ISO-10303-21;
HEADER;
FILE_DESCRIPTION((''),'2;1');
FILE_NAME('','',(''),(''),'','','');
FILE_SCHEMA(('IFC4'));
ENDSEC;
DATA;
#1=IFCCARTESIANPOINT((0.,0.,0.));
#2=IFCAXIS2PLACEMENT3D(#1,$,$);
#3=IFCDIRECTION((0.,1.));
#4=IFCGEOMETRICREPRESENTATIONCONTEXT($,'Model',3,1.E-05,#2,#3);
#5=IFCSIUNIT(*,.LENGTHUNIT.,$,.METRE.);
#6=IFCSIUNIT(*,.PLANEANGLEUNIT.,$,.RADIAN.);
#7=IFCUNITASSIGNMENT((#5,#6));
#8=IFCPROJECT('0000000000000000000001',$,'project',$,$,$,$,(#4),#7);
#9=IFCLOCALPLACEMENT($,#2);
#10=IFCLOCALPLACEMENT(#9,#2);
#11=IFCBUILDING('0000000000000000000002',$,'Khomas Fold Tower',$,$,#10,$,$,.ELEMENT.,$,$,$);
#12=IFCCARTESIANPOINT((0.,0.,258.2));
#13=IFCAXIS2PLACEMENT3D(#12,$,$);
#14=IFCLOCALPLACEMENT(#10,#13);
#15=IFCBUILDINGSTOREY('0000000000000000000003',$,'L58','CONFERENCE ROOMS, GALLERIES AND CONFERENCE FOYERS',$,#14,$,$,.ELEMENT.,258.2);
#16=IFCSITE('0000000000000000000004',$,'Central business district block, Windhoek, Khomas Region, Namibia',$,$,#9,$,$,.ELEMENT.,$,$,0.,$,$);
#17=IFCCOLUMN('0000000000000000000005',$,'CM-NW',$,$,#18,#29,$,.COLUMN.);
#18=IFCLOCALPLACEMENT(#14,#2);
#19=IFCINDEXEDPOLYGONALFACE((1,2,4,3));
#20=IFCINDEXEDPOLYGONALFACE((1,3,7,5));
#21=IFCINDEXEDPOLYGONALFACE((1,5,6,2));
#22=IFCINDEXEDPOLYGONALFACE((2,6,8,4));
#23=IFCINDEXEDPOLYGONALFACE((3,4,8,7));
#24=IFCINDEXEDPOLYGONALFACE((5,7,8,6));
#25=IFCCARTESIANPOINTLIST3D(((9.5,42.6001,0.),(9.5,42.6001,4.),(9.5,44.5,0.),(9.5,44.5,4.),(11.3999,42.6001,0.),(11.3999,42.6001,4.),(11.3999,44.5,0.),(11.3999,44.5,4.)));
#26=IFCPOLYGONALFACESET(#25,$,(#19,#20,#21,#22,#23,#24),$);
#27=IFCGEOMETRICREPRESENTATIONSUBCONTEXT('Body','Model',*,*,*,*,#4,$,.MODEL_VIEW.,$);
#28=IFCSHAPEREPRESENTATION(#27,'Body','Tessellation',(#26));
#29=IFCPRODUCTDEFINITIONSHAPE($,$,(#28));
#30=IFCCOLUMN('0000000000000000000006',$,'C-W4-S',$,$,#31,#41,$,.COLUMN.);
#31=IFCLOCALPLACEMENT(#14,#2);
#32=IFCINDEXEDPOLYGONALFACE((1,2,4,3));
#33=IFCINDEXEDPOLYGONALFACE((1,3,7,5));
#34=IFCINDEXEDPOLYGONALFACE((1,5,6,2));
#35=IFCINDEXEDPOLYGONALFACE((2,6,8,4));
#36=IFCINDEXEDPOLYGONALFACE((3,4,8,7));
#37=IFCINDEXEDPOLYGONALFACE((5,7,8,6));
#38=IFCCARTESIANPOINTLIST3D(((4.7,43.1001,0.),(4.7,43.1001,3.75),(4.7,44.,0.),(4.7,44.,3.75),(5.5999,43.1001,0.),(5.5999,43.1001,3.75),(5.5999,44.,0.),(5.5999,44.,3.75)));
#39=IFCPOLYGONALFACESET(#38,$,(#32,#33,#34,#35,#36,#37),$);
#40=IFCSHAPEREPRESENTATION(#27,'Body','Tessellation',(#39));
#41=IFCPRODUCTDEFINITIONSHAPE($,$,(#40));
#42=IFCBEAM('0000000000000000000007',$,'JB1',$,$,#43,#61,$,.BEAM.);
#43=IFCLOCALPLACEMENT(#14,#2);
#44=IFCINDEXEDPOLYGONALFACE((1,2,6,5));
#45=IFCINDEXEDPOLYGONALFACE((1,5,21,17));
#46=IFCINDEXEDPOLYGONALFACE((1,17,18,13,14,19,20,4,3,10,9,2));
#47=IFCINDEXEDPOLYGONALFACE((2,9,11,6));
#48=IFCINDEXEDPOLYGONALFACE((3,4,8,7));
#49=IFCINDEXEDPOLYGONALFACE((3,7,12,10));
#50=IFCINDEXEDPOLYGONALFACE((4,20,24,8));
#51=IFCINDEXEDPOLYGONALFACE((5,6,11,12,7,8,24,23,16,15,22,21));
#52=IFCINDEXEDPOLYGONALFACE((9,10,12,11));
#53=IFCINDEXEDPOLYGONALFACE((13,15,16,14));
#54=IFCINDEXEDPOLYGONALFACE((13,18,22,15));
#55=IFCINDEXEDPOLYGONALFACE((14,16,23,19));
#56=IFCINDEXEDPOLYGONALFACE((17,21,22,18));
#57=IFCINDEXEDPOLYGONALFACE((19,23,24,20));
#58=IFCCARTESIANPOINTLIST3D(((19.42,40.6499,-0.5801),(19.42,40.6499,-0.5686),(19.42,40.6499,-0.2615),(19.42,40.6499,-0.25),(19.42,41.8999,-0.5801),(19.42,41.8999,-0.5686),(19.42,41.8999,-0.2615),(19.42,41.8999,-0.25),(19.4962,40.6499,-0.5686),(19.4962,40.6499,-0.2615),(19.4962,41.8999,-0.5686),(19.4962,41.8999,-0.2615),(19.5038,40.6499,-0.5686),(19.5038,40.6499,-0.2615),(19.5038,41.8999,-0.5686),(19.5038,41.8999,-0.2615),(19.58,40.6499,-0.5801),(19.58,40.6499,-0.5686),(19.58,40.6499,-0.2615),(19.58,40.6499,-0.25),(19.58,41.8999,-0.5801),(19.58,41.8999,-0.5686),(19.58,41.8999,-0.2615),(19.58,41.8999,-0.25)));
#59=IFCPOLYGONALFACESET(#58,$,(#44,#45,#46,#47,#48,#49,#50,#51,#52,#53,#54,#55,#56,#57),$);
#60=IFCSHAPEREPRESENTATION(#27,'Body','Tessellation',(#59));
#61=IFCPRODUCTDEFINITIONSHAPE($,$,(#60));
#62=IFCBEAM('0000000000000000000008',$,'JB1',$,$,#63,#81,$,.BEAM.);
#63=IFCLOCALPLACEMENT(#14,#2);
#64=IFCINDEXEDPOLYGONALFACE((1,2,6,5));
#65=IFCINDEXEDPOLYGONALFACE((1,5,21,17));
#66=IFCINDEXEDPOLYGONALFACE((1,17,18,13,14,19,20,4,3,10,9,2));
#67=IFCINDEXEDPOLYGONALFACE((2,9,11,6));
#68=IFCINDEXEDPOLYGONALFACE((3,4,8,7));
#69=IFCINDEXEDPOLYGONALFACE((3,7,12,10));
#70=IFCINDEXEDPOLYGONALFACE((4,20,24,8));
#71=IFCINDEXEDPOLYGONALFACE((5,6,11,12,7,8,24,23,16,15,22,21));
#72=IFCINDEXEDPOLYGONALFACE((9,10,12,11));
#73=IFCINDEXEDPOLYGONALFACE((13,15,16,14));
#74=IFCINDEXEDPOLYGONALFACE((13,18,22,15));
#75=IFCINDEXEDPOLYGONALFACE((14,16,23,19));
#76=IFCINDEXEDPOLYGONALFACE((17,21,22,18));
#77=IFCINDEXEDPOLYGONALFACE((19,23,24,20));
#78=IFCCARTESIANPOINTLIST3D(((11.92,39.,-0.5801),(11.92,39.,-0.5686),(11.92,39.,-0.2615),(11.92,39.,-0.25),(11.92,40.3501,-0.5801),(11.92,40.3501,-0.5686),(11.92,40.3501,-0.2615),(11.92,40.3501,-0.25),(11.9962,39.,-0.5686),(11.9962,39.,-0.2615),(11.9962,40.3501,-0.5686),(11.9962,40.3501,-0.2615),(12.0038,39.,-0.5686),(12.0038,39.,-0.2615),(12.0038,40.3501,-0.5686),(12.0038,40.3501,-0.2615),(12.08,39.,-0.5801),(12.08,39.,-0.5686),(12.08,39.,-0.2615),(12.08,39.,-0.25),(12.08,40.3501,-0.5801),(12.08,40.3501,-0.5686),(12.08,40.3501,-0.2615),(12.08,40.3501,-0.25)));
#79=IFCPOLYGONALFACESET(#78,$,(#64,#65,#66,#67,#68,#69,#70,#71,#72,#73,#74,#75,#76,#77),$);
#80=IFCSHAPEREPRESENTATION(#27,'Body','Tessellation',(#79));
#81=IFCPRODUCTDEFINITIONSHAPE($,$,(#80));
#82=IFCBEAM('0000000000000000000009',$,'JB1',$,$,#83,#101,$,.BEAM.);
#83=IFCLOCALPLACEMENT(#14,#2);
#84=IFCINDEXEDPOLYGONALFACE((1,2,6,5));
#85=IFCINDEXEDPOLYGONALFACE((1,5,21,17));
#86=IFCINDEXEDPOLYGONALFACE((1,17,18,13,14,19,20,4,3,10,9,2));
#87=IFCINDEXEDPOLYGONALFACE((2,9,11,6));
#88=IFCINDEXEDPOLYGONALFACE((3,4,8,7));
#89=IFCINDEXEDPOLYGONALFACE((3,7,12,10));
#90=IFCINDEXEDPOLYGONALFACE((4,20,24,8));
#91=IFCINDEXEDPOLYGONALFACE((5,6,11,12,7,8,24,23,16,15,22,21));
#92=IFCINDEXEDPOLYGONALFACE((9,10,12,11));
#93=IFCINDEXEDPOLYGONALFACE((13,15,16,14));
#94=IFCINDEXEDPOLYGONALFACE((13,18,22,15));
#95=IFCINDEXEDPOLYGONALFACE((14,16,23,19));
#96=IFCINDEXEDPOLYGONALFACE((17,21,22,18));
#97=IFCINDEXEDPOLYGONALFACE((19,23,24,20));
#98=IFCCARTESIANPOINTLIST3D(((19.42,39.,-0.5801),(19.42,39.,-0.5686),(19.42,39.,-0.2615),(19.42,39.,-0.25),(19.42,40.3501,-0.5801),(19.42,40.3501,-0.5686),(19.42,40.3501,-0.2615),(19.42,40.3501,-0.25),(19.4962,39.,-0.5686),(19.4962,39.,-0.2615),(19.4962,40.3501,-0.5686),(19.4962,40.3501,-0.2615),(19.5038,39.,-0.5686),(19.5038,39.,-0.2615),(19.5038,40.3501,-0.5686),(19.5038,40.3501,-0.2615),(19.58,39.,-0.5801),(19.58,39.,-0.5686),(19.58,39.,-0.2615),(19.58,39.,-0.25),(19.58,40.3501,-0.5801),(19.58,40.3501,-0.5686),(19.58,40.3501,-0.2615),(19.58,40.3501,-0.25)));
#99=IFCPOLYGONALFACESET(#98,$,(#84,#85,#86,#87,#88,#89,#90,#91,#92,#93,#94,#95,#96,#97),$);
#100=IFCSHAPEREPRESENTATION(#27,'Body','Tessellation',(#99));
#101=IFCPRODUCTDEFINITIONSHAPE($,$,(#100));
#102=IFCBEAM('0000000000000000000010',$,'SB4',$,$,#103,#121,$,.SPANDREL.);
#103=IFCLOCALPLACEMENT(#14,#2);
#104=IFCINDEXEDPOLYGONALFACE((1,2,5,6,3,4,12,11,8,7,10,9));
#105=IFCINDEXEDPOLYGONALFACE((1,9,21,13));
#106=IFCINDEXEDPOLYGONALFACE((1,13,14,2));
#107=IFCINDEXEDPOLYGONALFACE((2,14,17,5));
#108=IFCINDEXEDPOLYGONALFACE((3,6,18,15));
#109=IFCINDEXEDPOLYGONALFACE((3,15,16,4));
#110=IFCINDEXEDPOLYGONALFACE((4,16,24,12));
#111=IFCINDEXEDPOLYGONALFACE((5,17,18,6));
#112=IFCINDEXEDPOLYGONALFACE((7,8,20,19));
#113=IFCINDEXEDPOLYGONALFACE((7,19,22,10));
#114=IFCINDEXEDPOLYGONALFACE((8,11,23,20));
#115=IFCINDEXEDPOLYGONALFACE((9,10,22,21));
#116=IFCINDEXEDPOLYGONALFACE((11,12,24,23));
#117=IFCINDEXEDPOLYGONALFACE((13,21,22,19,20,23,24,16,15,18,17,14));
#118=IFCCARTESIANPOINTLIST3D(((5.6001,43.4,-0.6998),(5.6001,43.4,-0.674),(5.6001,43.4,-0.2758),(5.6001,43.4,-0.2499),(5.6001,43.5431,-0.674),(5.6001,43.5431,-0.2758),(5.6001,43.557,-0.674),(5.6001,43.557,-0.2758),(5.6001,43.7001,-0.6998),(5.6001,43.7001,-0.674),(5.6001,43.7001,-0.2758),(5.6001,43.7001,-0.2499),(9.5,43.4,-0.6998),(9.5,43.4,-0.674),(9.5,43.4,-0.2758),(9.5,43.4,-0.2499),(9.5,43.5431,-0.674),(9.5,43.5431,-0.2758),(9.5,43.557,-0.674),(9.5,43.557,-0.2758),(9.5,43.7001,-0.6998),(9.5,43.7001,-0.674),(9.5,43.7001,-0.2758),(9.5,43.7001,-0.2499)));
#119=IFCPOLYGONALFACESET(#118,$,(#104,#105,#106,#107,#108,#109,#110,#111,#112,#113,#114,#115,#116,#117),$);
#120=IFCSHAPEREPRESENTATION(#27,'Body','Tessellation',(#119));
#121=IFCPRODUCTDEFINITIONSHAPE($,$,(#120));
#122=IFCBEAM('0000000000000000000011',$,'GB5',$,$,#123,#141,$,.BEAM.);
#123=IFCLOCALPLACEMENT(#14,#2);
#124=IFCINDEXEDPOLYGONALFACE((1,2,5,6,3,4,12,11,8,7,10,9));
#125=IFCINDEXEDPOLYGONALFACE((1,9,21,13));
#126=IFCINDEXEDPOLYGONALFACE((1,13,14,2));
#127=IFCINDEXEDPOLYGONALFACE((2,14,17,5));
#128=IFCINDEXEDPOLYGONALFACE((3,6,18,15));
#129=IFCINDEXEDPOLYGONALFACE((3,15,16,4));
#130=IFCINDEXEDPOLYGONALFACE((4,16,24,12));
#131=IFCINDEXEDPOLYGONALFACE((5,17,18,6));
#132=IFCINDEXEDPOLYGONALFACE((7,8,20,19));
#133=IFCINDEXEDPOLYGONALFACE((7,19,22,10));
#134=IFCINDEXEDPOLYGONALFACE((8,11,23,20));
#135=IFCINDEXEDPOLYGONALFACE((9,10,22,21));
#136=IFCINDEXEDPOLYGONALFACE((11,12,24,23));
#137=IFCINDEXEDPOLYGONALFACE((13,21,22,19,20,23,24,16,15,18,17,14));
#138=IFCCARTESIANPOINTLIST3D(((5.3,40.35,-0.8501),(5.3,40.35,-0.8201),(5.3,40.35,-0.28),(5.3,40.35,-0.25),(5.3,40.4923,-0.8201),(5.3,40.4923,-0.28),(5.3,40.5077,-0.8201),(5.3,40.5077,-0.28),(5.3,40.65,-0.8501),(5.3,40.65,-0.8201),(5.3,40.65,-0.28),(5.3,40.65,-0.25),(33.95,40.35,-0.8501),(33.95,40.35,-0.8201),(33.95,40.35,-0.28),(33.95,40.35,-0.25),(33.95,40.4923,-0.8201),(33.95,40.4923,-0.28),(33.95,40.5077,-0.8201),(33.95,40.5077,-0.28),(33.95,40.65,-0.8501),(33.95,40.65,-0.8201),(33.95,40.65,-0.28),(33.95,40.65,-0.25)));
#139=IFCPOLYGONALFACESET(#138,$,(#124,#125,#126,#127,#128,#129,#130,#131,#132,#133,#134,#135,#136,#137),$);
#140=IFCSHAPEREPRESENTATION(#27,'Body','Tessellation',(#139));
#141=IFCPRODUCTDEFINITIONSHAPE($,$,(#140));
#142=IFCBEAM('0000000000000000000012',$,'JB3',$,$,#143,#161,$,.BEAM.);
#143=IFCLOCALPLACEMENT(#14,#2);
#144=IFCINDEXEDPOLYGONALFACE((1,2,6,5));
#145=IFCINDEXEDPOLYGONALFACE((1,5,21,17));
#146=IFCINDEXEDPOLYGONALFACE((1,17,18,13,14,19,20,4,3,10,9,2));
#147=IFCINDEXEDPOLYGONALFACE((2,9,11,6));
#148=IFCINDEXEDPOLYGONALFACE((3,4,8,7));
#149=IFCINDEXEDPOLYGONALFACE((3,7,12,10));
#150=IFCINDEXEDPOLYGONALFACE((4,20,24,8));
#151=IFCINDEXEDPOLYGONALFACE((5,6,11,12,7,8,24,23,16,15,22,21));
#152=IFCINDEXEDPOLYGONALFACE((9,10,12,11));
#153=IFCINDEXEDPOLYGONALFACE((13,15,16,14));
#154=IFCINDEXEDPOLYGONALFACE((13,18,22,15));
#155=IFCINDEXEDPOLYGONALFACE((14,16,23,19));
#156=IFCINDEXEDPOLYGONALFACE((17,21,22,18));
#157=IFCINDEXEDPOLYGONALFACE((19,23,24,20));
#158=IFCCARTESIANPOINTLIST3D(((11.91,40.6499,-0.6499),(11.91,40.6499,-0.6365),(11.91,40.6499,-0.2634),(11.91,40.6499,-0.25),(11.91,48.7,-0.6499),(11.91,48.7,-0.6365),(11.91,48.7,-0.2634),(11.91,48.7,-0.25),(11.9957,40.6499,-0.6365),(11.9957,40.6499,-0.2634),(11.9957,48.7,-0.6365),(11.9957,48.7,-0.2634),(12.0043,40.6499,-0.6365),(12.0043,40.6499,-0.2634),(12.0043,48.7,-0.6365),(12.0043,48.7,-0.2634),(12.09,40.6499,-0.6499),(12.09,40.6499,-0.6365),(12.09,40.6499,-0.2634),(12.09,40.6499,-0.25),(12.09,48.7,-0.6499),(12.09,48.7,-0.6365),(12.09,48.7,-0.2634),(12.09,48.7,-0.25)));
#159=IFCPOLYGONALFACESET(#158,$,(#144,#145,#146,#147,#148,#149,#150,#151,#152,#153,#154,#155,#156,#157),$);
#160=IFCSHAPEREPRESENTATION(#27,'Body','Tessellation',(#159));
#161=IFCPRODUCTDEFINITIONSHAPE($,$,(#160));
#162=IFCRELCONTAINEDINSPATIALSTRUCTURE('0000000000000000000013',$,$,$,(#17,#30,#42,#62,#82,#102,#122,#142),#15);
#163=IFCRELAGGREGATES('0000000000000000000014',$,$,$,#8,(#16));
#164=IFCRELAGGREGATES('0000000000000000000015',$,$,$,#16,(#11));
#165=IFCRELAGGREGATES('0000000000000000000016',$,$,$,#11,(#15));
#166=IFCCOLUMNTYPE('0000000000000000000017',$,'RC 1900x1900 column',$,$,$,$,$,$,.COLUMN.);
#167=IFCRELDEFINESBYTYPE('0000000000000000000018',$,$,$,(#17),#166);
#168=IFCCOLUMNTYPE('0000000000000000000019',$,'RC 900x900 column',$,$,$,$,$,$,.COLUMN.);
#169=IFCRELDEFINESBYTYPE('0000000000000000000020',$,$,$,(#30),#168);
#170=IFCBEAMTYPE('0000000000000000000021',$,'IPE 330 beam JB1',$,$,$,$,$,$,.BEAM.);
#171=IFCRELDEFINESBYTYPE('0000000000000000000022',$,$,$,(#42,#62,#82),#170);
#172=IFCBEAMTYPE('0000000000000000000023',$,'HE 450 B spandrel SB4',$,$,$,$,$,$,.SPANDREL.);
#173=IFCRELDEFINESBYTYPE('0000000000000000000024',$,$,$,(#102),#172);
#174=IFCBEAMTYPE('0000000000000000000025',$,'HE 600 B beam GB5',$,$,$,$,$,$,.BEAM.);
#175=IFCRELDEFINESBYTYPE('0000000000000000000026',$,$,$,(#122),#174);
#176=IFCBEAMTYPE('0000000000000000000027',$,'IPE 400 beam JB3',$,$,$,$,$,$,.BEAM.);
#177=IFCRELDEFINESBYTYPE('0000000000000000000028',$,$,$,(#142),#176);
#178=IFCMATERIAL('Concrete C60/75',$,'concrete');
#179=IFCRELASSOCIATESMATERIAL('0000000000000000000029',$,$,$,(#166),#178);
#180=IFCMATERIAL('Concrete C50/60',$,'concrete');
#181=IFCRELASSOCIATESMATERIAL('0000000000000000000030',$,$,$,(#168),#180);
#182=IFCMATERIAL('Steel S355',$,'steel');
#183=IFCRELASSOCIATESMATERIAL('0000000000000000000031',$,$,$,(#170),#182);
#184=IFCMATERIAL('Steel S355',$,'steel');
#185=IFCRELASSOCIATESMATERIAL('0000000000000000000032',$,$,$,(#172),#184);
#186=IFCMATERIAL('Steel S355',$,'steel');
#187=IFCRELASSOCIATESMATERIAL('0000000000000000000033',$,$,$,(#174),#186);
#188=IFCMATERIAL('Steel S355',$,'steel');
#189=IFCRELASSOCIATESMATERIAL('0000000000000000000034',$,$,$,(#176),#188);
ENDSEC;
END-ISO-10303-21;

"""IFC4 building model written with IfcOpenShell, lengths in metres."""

from ifc_helpers import new_model, si_unit, direction, frame, origin, origin_2d, place, context, subcontext, project, spatial, rectangle, i_section, extrude, source, transform, mapped, material, material_profile, profile_set, type_object, element, save


model = new_model("IFC4")

# Units and contexts
model_context = context("Model", 3, precision=1e-05, world=origin(), true_north=direction((0.0, 1.0)))
body_context = subcontext(model_context, "Body", "Model", "MODEL_VIEW")
ifc_project = project(units=[si_unit("LENGTHUNIT", "METRE"), si_unit("PLANEANGLEUNIT", "RADIAN")], contexts=[model_context])

# Site, building, storey
site_placement = place(None, origin())
site = spatial("IfcSite", under=ifc_project, at=site_placement, Name="Central business district block, Windhoek, Khomas Region, Namibia", CompositionType="ELEMENT", RefElevation=0.0)
building_placement = place(site_placement, origin())
building = spatial("IfcBuilding", under=site, at=building_placement, Name="Khomas Fold Tower", CompositionType="ELEMENT")
storey_placement = place(building_placement, frame((0.0, 0.0, 258.2)))
storey = spatial("IfcBuildingStorey", under=building, at=storey_placement, Name="L58", Description="CONFERENCE ROOMS, GALLERIES AND CONFERENCE FOYERS", CompositionType="ELEMENT", Elevation=258.2)

# Columns
ifc_material_1 = material(Name="Concrete C60/75", Category="concrete")
ifc_material_profile_1 = material_profile(ifc_material_1, rectangle(XDim=1.8999, YDim=1.8999, at=origin_2d()), Name="RC 1900x1900")
ifc_profile_set_1 = profile_set([ifc_material_profile_1], Name="Concrete C60/75")
column_type_1 = type_object("IfcColumnType", Name="RC 1900x1900 column", PredefinedType="COLUMN", material=ifc_profile_set_1)
shared_shape_1 = source(origin(), body_context, "Body", "SweptSolid", [
    extrude(rectangle(XDim=1.8999, YDim=1.8999, at=origin_2d()), origin(), (0.0, 0.0, 1.0), 4.0),
])
column_1_placement = place(storey_placement, frame((10.45, 43.55, 0.0), z_axis=(0.0, 0.0, 1.0), x_axis=(1.0, 0.0, 0.0)))
element("IfcColumn", 1, at=column_1_placement, inside=storey, type_object=column_type_1, Name="CM-NW", PredefinedType="COLUMN", context=body_context, shape_type="MappedRepresentation", body=[
    mapped(shared_shape_1, transform((0.0, 0.0, 0.0))),
])
ifc_material_2 = material(Name="Concrete C50/60", Category="concrete")
ifc_material_profile_2 = material_profile(ifc_material_2, rectangle(XDim=0.8999, YDim=0.8999, at=origin_2d()), Name="RC 900x900")
ifc_profile_set_2 = profile_set([ifc_material_profile_2], Name="Concrete C50/60")
column_type_2 = type_object("IfcColumnType", Name="RC 900x900 column", PredefinedType="COLUMN", material=ifc_profile_set_2)
shared_shape_2 = source(origin(), body_context, "Body", "SweptSolid", [
    extrude(rectangle(XDim=0.8999, YDim=0.8999, at=origin_2d()), origin(), (0.0, 0.0, 1.0), 3.75),
])
column_2_placement = place(storey_placement, frame((5.1499, 43.55, 0.0), z_axis=(0.0, 0.0, 1.0), x_axis=(1.0, 0.0, 0.0)))
element("IfcColumn", 2, at=column_2_placement, inside=storey, type_object=column_type_2, Name="C-W4-S", PredefinedType="COLUMN", context=body_context, shape_type="MappedRepresentation", body=[
    mapped(shared_shape_2, transform((0.0, 0.0, 0.0))),
])

# Beams
ifc_material_3 = material(Name="Steel S355", Category="steel")
ifc_material_profile_3 = material_profile(ifc_material_3, i_section(OverallWidth=0.1599, OverallDepth=0.3301, WebThickness=0.0076, FlangeThickness=0.0115, at=origin_2d()), Name="IPE 330")
ifc_profile_set_3 = profile_set([ifc_material_profile_3], Name="Steel S355")
beam_type_1 = type_object("IfcBeamType", Name="IPE 330 beam JB1", PredefinedType="BEAM", material=ifc_profile_set_3)
shared_shape_3 = source(origin(), body_context, "Body", "SweptSolid", [
    extrude(i_section(OverallWidth=0.1599, OverallDepth=0.3301, WebThickness=0.0076, FlangeThickness=0.0115, at=origin_2d()), origin(), (0.0, 0.0, 1.0), 1.25),
])
beam_1_placement = place(storey_placement, frame((19.5, 40.6499, -0.415), z_axis=(0.0, 1.0, 0.0), x_axis=(-1.0, 0.0, 0.0)))
element("IfcBeam", 3, at=beam_1_placement, inside=storey, type_object=beam_type_1, Name="JB1", PredefinedType="BEAM", context=body_context, shape_type="MappedRepresentation", body=[
    mapped(shared_shape_3, transform((0.0, 0.0, 0.0))),
])
shared_shape_4 = source(origin(), body_context, "Body", "SweptSolid", [
    extrude(i_section(OverallWidth=0.1599, OverallDepth=0.3301, WebThickness=0.0076, FlangeThickness=0.0115, at=origin_2d()), origin(), (0.0, 0.0, 1.0), 1.3501),
])
for number, where, z_axis, x_axis, name in (
    (4, (12.0, 39.0, -0.415), (0.0, 1.0, 0.0), (-1.0, 0.0, 0.0), "JB1"),
    (5, (19.5, 39.0, -0.415), (0.0, 1.0, 0.0), (-1.0, 0.0, 0.0), "JB1"),
):
    element("IfcBeam", number, at=place(storey_placement, frame(where, z_axis=z_axis, x_axis=x_axis)), inside=storey, type_object=beam_type_1, Name=name, PredefinedType="BEAM", context=body_context, shape_type="MappedRepresentation", body=[
        mapped(shared_shape_4, transform((0.0, 0.0, 0.0))),
    ])
ifc_material_4 = material(Name="Steel S355", Category="steel")
ifc_material_profile_4 = material_profile(ifc_material_4, i_section(OverallWidth=0.3, OverallDepth=0.45, WebThickness=0.0139, FlangeThickness=0.0259, at=origin_2d()), Name="HE 450 B")
ifc_profile_set_4 = profile_set([ifc_material_profile_4], Name="Steel S355")
beam_type_2 = type_object("IfcBeamType", Name="HE 450 B spandrel SB4", PredefinedType="SPANDREL", material=ifc_profile_set_4)
shared_shape_5 = source(origin(), body_context, "Body", "SweptSolid", [
    extrude(i_section(OverallWidth=0.3, OverallDepth=0.45, WebThickness=0.0139, FlangeThickness=0.0259, at=origin_2d()), origin(), (0.0, 0.0, 1.0), 3.8999),
])
beam_2_placement = place(storey_placement, frame((5.6001, 43.55, -0.4749), z_axis=(1.0, 0.0, 0.0), x_axis=(0.0, 1.0, 0.0)))
element("IfcBeam", 6, at=beam_2_placement, inside=storey, type_object=beam_type_2, Name="SB4", PredefinedType="SPANDREL", context=body_context, shape_type="MappedRepresentation", body=[
    mapped(shared_shape_5, transform((0.0, 0.0, 0.0))),
])
ifc_material_5 = material(Name="Steel S355", Category="steel")
ifc_material_profile_5 = material_profile(ifc_material_5, i_section(OverallWidth=0.3, OverallDepth=0.6001, WebThickness=0.0154, FlangeThickness=0.03, at=origin_2d()), Name="HE 600 B")
ifc_profile_set_5 = profile_set([ifc_material_profile_5], Name="Steel S355")
beam_type_3 = type_object("IfcBeamType", Name="HE 600 B beam GB5", PredefinedType="BEAM", material=ifc_profile_set_5)
shared_shape_6 = source(origin(), body_context, "Body", "SweptSolid", [
    extrude(i_section(OverallWidth=0.3, OverallDepth=0.6001, WebThickness=0.0154, FlangeThickness=0.03, at=origin_2d()), origin(), (0.0, 0.0, 1.0), 28.6499),
])
beam_3_placement = place(storey_placement, frame((5.3, 40.5, -0.55), z_axis=(1.0, 0.0, 0.0), x_axis=(0.0, 1.0, 0.0)))
element("IfcBeam", 7, at=beam_3_placement, inside=storey, type_object=beam_type_3, Name="GB5", PredefinedType="BEAM", context=body_context, shape_type="MappedRepresentation", body=[
    mapped(shared_shape_6, transform((0.0, 0.0, 0.0))),
])
ifc_material_6 = material(Name="Steel S355", Category="steel")
ifc_material_profile_6 = material_profile(ifc_material_6, i_section(OverallWidth=0.1799, OverallDepth=0.3999, WebThickness=0.0085, FlangeThickness=0.0134, at=origin_2d()), Name="IPE 400")
ifc_profile_set_6 = profile_set([ifc_material_profile_6], Name="Steel S355")
beam_type_4 = type_object("IfcBeamType", Name="IPE 400 beam JB3", PredefinedType="BEAM", material=ifc_profile_set_6)
shared_shape_7 = source(origin(), body_context, "Body", "SweptSolid", [
    extrude(i_section(OverallWidth=0.1799, OverallDepth=0.3999, WebThickness=0.0085, FlangeThickness=0.0134, at=origin_2d()), origin(), (0.0, 0.0, 1.0), 8.05),
])
beam_4_placement = place(storey_placement, frame((12.0, 40.6499, -0.45), z_axis=(0.0, 1.0, 0.0), x_axis=(-1.0, 0.0, 0.0)))
element("IfcBeam", 8, at=beam_4_placement, inside=storey, type_object=beam_type_4, Name="JB3", PredefinedType="BEAM", context=body_context, shape_type="MappedRepresentation", body=[
    mapped(shared_shape_7, transform((0.0, 0.0, 0.0))),
])

save(model, "model.ifc")
